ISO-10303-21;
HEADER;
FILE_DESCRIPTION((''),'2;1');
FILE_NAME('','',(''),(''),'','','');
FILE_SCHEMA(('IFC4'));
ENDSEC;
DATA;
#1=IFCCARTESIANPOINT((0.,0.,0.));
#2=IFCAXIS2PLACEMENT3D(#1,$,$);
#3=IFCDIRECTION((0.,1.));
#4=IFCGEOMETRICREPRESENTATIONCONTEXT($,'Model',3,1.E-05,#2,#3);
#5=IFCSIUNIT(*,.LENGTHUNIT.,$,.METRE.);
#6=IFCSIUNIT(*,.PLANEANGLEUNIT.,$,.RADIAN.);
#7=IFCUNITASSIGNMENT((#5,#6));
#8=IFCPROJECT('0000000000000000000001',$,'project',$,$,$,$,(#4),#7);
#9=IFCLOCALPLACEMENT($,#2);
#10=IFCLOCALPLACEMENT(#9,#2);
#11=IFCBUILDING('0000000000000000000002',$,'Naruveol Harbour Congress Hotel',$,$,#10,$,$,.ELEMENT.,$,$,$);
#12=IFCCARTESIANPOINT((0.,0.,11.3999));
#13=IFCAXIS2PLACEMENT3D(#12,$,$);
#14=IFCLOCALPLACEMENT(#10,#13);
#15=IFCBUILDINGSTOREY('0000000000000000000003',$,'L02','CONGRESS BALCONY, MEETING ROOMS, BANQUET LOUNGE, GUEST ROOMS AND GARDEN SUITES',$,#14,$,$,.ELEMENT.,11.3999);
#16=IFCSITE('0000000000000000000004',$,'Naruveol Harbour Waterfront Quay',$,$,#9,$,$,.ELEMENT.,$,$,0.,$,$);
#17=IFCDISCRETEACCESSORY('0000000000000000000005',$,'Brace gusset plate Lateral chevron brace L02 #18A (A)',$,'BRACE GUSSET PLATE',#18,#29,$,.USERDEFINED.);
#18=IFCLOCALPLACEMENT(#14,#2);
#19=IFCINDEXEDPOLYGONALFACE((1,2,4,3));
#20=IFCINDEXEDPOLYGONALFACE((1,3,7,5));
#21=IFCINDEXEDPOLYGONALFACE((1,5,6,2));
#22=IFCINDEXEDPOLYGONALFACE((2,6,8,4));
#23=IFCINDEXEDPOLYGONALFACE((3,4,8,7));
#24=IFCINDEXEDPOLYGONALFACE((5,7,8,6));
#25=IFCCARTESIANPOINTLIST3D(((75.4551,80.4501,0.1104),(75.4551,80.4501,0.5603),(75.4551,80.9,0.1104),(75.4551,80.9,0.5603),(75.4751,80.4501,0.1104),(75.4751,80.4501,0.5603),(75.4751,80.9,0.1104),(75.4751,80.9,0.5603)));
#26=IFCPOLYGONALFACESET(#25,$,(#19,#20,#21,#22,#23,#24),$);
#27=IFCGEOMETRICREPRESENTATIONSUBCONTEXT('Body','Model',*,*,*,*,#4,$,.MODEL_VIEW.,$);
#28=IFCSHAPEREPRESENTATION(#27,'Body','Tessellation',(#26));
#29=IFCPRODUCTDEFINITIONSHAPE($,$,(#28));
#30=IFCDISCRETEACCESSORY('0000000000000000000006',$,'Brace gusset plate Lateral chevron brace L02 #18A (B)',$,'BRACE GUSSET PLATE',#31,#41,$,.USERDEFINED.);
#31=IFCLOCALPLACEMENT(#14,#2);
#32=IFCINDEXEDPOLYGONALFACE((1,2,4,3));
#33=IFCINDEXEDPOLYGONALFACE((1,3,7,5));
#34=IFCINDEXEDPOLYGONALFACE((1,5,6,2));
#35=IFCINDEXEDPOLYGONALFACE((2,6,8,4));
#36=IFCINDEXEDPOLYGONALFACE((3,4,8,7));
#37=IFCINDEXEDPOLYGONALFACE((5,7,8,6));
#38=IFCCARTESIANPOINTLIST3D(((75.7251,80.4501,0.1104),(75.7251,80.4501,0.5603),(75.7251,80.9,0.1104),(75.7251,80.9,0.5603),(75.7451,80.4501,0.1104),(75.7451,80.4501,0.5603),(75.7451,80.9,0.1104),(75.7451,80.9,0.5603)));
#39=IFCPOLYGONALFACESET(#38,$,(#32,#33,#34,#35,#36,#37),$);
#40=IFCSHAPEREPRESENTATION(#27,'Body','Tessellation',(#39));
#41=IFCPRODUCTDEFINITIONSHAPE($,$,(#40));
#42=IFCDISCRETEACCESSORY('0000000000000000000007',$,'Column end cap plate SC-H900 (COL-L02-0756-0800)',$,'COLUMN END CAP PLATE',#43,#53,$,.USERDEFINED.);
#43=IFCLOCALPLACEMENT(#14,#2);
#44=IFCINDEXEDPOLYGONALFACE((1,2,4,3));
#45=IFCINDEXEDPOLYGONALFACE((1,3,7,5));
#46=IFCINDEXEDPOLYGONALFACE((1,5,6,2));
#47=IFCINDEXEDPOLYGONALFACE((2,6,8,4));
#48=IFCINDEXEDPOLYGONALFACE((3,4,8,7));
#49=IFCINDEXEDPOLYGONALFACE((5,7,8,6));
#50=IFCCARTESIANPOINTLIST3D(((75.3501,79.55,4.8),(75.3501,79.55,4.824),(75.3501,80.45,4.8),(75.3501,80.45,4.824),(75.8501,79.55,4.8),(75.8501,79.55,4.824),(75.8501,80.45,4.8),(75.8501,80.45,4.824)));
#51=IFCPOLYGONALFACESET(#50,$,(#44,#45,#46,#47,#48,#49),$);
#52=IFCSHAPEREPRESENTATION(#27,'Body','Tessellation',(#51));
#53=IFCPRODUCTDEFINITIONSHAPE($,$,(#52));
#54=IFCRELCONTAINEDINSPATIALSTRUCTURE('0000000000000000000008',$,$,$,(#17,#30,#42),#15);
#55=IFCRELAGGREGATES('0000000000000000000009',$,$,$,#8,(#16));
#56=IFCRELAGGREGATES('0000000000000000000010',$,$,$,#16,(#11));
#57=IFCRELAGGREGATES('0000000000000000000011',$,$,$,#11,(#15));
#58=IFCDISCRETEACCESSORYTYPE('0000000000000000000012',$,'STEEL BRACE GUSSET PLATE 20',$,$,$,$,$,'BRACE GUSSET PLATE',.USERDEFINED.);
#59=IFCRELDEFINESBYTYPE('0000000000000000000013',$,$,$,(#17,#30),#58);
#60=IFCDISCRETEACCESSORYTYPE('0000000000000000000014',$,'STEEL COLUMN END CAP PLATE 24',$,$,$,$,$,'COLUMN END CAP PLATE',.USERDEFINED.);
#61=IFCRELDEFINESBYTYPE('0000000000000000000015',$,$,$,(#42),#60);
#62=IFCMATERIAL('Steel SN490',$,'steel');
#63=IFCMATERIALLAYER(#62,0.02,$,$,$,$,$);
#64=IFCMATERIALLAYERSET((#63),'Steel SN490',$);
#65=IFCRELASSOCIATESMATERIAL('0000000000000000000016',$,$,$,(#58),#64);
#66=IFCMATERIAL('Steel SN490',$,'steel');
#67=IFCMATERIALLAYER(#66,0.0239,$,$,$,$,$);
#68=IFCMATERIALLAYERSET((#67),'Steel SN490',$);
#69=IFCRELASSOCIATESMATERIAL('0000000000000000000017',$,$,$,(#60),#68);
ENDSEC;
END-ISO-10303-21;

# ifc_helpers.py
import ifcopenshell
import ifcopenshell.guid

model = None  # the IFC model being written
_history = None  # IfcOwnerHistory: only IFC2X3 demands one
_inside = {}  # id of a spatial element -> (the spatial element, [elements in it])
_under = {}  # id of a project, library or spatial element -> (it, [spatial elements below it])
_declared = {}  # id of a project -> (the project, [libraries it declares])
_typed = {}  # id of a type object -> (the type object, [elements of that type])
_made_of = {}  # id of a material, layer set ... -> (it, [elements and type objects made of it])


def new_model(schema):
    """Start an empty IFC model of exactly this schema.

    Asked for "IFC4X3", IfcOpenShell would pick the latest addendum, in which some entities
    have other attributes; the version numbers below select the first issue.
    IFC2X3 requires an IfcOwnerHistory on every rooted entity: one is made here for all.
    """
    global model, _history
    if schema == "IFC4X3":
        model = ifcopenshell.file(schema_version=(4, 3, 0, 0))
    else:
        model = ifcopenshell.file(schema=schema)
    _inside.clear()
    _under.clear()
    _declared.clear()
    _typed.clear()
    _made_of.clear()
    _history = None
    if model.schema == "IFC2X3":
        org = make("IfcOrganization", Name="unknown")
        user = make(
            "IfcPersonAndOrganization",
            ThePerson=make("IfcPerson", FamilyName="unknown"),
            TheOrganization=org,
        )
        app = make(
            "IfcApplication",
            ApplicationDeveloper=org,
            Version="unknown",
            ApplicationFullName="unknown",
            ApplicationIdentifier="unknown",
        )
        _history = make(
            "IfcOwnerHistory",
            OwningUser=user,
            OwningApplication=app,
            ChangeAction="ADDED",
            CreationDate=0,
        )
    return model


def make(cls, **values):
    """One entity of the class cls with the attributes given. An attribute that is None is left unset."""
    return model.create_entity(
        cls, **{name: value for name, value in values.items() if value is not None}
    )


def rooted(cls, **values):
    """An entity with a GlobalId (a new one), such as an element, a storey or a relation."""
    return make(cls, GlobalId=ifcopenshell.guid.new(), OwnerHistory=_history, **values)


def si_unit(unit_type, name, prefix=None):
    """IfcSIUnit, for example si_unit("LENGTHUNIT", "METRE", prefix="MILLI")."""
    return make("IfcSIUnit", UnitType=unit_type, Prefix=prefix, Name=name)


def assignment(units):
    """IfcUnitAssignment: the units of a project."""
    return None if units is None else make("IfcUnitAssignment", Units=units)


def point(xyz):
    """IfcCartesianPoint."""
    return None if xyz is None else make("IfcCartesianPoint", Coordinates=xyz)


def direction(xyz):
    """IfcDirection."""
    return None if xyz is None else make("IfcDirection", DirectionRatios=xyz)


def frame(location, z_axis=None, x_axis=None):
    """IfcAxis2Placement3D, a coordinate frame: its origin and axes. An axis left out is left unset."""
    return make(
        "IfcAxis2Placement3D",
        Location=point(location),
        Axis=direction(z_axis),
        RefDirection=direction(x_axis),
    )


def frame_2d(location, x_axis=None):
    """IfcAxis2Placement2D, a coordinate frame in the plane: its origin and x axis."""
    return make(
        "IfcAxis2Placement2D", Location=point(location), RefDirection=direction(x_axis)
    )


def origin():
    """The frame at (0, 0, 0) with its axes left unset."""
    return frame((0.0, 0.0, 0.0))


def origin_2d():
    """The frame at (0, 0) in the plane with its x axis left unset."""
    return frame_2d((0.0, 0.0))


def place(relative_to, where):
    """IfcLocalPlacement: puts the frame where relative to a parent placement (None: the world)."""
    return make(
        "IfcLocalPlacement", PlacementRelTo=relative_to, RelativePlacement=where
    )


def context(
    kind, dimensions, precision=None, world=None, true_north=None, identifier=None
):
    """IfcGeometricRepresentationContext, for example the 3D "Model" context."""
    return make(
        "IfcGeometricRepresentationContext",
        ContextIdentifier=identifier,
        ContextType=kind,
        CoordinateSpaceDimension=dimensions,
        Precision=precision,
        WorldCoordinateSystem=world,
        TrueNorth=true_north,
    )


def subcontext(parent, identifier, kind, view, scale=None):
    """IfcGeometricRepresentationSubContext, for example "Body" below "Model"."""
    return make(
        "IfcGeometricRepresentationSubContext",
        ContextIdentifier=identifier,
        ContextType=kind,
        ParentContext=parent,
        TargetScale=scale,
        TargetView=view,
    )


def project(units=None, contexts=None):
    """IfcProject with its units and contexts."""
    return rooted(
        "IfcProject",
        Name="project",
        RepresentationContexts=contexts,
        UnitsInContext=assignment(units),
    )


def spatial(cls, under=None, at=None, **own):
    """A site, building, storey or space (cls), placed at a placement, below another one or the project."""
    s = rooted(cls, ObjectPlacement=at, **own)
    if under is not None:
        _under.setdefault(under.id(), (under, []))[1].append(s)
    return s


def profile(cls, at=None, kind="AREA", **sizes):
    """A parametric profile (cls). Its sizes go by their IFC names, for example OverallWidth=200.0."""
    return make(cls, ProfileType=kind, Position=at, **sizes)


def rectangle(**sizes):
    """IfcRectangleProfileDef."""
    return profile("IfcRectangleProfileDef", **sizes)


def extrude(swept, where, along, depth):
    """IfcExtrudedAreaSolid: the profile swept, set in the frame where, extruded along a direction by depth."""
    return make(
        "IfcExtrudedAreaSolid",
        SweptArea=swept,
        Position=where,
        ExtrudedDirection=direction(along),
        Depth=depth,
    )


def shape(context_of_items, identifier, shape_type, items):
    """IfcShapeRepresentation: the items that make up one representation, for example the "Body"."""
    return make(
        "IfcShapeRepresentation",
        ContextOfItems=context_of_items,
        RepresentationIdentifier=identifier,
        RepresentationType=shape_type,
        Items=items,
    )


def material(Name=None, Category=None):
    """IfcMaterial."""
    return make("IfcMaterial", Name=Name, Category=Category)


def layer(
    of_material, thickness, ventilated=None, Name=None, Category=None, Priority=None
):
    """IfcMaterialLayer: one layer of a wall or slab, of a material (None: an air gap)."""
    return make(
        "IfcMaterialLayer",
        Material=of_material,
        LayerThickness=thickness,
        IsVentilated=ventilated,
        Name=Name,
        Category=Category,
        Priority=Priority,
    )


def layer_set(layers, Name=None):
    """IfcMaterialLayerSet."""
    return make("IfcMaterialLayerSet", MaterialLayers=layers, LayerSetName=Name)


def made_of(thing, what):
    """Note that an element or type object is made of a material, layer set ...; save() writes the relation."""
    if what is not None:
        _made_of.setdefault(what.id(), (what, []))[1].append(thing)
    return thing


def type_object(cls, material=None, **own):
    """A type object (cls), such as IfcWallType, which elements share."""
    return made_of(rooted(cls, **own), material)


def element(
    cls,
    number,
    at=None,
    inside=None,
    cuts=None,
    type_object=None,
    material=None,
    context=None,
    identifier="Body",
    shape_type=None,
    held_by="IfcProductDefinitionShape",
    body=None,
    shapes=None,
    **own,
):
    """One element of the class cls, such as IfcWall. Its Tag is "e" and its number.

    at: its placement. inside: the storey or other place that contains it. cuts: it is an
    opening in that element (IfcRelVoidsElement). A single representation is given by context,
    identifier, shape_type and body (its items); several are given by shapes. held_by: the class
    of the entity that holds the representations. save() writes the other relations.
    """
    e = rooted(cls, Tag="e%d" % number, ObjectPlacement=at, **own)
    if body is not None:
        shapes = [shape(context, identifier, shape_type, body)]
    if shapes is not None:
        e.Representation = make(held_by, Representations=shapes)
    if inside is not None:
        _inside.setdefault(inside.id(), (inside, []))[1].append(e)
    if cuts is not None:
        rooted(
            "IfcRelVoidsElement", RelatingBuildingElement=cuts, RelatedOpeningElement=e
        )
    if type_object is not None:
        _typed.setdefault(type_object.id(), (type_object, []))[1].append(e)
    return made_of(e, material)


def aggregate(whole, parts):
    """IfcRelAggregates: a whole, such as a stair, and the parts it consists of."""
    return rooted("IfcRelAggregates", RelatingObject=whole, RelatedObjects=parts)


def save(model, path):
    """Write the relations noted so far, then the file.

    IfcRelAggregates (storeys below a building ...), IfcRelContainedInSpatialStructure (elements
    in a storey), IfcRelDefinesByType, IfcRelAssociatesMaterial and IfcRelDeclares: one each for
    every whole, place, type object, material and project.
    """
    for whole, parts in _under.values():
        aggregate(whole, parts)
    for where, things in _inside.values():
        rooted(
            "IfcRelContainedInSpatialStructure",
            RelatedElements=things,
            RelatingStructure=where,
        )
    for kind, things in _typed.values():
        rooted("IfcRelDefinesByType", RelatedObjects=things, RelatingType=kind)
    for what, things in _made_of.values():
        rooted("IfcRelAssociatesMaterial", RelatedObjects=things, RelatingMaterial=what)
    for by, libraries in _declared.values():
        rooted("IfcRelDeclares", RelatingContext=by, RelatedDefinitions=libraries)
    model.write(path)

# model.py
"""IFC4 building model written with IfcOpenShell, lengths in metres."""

from ifc_helpers import new_model, si_unit, direction, frame, origin, origin_2d, place, context, subcontext, project, spatial, rectangle, extrude, material, layer, layer_set, type_object, element, save


model = new_model("IFC4")

# Units and contexts
model_context = context("Model", 3, precision=1e-05, world=origin(), true_north=direction((0.0, 1.0)))
body_context = subcontext(model_context, "Body", "Model", "MODEL_VIEW")
ifc_project = project(units=[si_unit("LENGTHUNIT", "METRE"), si_unit("PLANEANGLEUNIT", "RADIAN")], contexts=[model_context])

# Site, building, storey
site_placement = place(None, origin())
site = spatial("IfcSite", under=ifc_project, at=site_placement, Name="Naruveol Harbour Waterfront Quay", CompositionType="ELEMENT", RefElevation=0.0)
building_placement = place(site_placement, origin())
building = spatial("IfcBuilding", under=site, at=building_placement, Name="Naruveol Harbour Congress Hotel", CompositionType="ELEMENT")
storey_placement = place(building_placement, frame((0.0, 0.0, 11.3999)))
storey = spatial("IfcBuildingStorey", under=building, at=storey_placement, Name="L02", Description="CONGRESS BALCONY, MEETING ROOMS, BANQUET LOUNGE, GUEST ROOMS AND GARDEN SUITES", CompositionType="ELEMENT", Elevation=11.3999)

# Discrete accessories
ifc_material_1 = material(Name="Steel SN490", Category="steel")
ifc_layer_1 = layer(ifc_material_1, 0.02)
ifc_layer_set_1 = layer_set([ifc_layer_1], Name="Steel SN490")
discrete_accessory_type_1 = type_object("IfcDiscreteAccessoryType", Name="STEEL BRACE GUSSET PLATE 20", ElementType="BRACE GUSSET PLATE", PredefinedType="USERDEFINED", material=ifc_layer_set_1)
for number, where, z_axis, x_axis, name in (
    (1, (75.4651, 80.675, 0.1104), (0.0, 0.0, 1.0), (0.0, 1.0, 0.0), "Brace gusset plate Lateral chevron brace L02 #18A (A)"),
    (2, (75.7351, 80.675, 0.1104), (0.0, 0.0, 1.0), (0.0, 1.0, 0.0), "Brace gusset plate Lateral chevron brace L02 #18A (B)"),
):
    element("IfcDiscreteAccessory", number, at=place(storey_placement, frame(where, z_axis=z_axis, x_axis=x_axis)), inside=storey, type_object=discrete_accessory_type_1, Name=name, ObjectType="BRACE GUSSET PLATE", PredefinedType="USERDEFINED", context=body_context, shape_type="SweptSolid", body=[
        extrude(rectangle(XDim=0.45, YDim=0.02, at=origin_2d()), origin(), (0.0, 0.0, 1.0), 0.45),
    ])
ifc_material_2 = material(Name="Steel SN490", Category="steel")
ifc_layer_2 = layer(ifc_material_2, 0.0239)
ifc_layer_set_2 = layer_set([ifc_layer_2], Name="Steel SN490")
discrete_accessory_type_2 = type_object("IfcDiscreteAccessoryType", Name="STEEL COLUMN END CAP PLATE 24", ElementType="COLUMN END CAP PLATE", PredefinedType="USERDEFINED", material=ifc_layer_set_2)
discrete_accessory_placement = place(storey_placement, frame((75.6001, 80.0, 4.8), z_axis=(0.0, 0.0, 1.0), x_axis=(1.0, 0.0, 0.0)))
element("IfcDiscreteAccessory", 3, at=discrete_accessory_placement, inside=storey, type_object=discrete_accessory_type_2, Name="Column end cap plate SC-H900 (COL-L02-0756-0800)", ObjectType="COLUMN END CAP PLATE", PredefinedType="USERDEFINED", context=body_context, shape_type="SweptSolid", body=[
    extrude(rectangle(XDim=0.5, YDim=0.8999, at=origin_2d()), origin(), (0.0, 0.0, 1.0), 0.0239),
])

save(model, "model.ifc")
